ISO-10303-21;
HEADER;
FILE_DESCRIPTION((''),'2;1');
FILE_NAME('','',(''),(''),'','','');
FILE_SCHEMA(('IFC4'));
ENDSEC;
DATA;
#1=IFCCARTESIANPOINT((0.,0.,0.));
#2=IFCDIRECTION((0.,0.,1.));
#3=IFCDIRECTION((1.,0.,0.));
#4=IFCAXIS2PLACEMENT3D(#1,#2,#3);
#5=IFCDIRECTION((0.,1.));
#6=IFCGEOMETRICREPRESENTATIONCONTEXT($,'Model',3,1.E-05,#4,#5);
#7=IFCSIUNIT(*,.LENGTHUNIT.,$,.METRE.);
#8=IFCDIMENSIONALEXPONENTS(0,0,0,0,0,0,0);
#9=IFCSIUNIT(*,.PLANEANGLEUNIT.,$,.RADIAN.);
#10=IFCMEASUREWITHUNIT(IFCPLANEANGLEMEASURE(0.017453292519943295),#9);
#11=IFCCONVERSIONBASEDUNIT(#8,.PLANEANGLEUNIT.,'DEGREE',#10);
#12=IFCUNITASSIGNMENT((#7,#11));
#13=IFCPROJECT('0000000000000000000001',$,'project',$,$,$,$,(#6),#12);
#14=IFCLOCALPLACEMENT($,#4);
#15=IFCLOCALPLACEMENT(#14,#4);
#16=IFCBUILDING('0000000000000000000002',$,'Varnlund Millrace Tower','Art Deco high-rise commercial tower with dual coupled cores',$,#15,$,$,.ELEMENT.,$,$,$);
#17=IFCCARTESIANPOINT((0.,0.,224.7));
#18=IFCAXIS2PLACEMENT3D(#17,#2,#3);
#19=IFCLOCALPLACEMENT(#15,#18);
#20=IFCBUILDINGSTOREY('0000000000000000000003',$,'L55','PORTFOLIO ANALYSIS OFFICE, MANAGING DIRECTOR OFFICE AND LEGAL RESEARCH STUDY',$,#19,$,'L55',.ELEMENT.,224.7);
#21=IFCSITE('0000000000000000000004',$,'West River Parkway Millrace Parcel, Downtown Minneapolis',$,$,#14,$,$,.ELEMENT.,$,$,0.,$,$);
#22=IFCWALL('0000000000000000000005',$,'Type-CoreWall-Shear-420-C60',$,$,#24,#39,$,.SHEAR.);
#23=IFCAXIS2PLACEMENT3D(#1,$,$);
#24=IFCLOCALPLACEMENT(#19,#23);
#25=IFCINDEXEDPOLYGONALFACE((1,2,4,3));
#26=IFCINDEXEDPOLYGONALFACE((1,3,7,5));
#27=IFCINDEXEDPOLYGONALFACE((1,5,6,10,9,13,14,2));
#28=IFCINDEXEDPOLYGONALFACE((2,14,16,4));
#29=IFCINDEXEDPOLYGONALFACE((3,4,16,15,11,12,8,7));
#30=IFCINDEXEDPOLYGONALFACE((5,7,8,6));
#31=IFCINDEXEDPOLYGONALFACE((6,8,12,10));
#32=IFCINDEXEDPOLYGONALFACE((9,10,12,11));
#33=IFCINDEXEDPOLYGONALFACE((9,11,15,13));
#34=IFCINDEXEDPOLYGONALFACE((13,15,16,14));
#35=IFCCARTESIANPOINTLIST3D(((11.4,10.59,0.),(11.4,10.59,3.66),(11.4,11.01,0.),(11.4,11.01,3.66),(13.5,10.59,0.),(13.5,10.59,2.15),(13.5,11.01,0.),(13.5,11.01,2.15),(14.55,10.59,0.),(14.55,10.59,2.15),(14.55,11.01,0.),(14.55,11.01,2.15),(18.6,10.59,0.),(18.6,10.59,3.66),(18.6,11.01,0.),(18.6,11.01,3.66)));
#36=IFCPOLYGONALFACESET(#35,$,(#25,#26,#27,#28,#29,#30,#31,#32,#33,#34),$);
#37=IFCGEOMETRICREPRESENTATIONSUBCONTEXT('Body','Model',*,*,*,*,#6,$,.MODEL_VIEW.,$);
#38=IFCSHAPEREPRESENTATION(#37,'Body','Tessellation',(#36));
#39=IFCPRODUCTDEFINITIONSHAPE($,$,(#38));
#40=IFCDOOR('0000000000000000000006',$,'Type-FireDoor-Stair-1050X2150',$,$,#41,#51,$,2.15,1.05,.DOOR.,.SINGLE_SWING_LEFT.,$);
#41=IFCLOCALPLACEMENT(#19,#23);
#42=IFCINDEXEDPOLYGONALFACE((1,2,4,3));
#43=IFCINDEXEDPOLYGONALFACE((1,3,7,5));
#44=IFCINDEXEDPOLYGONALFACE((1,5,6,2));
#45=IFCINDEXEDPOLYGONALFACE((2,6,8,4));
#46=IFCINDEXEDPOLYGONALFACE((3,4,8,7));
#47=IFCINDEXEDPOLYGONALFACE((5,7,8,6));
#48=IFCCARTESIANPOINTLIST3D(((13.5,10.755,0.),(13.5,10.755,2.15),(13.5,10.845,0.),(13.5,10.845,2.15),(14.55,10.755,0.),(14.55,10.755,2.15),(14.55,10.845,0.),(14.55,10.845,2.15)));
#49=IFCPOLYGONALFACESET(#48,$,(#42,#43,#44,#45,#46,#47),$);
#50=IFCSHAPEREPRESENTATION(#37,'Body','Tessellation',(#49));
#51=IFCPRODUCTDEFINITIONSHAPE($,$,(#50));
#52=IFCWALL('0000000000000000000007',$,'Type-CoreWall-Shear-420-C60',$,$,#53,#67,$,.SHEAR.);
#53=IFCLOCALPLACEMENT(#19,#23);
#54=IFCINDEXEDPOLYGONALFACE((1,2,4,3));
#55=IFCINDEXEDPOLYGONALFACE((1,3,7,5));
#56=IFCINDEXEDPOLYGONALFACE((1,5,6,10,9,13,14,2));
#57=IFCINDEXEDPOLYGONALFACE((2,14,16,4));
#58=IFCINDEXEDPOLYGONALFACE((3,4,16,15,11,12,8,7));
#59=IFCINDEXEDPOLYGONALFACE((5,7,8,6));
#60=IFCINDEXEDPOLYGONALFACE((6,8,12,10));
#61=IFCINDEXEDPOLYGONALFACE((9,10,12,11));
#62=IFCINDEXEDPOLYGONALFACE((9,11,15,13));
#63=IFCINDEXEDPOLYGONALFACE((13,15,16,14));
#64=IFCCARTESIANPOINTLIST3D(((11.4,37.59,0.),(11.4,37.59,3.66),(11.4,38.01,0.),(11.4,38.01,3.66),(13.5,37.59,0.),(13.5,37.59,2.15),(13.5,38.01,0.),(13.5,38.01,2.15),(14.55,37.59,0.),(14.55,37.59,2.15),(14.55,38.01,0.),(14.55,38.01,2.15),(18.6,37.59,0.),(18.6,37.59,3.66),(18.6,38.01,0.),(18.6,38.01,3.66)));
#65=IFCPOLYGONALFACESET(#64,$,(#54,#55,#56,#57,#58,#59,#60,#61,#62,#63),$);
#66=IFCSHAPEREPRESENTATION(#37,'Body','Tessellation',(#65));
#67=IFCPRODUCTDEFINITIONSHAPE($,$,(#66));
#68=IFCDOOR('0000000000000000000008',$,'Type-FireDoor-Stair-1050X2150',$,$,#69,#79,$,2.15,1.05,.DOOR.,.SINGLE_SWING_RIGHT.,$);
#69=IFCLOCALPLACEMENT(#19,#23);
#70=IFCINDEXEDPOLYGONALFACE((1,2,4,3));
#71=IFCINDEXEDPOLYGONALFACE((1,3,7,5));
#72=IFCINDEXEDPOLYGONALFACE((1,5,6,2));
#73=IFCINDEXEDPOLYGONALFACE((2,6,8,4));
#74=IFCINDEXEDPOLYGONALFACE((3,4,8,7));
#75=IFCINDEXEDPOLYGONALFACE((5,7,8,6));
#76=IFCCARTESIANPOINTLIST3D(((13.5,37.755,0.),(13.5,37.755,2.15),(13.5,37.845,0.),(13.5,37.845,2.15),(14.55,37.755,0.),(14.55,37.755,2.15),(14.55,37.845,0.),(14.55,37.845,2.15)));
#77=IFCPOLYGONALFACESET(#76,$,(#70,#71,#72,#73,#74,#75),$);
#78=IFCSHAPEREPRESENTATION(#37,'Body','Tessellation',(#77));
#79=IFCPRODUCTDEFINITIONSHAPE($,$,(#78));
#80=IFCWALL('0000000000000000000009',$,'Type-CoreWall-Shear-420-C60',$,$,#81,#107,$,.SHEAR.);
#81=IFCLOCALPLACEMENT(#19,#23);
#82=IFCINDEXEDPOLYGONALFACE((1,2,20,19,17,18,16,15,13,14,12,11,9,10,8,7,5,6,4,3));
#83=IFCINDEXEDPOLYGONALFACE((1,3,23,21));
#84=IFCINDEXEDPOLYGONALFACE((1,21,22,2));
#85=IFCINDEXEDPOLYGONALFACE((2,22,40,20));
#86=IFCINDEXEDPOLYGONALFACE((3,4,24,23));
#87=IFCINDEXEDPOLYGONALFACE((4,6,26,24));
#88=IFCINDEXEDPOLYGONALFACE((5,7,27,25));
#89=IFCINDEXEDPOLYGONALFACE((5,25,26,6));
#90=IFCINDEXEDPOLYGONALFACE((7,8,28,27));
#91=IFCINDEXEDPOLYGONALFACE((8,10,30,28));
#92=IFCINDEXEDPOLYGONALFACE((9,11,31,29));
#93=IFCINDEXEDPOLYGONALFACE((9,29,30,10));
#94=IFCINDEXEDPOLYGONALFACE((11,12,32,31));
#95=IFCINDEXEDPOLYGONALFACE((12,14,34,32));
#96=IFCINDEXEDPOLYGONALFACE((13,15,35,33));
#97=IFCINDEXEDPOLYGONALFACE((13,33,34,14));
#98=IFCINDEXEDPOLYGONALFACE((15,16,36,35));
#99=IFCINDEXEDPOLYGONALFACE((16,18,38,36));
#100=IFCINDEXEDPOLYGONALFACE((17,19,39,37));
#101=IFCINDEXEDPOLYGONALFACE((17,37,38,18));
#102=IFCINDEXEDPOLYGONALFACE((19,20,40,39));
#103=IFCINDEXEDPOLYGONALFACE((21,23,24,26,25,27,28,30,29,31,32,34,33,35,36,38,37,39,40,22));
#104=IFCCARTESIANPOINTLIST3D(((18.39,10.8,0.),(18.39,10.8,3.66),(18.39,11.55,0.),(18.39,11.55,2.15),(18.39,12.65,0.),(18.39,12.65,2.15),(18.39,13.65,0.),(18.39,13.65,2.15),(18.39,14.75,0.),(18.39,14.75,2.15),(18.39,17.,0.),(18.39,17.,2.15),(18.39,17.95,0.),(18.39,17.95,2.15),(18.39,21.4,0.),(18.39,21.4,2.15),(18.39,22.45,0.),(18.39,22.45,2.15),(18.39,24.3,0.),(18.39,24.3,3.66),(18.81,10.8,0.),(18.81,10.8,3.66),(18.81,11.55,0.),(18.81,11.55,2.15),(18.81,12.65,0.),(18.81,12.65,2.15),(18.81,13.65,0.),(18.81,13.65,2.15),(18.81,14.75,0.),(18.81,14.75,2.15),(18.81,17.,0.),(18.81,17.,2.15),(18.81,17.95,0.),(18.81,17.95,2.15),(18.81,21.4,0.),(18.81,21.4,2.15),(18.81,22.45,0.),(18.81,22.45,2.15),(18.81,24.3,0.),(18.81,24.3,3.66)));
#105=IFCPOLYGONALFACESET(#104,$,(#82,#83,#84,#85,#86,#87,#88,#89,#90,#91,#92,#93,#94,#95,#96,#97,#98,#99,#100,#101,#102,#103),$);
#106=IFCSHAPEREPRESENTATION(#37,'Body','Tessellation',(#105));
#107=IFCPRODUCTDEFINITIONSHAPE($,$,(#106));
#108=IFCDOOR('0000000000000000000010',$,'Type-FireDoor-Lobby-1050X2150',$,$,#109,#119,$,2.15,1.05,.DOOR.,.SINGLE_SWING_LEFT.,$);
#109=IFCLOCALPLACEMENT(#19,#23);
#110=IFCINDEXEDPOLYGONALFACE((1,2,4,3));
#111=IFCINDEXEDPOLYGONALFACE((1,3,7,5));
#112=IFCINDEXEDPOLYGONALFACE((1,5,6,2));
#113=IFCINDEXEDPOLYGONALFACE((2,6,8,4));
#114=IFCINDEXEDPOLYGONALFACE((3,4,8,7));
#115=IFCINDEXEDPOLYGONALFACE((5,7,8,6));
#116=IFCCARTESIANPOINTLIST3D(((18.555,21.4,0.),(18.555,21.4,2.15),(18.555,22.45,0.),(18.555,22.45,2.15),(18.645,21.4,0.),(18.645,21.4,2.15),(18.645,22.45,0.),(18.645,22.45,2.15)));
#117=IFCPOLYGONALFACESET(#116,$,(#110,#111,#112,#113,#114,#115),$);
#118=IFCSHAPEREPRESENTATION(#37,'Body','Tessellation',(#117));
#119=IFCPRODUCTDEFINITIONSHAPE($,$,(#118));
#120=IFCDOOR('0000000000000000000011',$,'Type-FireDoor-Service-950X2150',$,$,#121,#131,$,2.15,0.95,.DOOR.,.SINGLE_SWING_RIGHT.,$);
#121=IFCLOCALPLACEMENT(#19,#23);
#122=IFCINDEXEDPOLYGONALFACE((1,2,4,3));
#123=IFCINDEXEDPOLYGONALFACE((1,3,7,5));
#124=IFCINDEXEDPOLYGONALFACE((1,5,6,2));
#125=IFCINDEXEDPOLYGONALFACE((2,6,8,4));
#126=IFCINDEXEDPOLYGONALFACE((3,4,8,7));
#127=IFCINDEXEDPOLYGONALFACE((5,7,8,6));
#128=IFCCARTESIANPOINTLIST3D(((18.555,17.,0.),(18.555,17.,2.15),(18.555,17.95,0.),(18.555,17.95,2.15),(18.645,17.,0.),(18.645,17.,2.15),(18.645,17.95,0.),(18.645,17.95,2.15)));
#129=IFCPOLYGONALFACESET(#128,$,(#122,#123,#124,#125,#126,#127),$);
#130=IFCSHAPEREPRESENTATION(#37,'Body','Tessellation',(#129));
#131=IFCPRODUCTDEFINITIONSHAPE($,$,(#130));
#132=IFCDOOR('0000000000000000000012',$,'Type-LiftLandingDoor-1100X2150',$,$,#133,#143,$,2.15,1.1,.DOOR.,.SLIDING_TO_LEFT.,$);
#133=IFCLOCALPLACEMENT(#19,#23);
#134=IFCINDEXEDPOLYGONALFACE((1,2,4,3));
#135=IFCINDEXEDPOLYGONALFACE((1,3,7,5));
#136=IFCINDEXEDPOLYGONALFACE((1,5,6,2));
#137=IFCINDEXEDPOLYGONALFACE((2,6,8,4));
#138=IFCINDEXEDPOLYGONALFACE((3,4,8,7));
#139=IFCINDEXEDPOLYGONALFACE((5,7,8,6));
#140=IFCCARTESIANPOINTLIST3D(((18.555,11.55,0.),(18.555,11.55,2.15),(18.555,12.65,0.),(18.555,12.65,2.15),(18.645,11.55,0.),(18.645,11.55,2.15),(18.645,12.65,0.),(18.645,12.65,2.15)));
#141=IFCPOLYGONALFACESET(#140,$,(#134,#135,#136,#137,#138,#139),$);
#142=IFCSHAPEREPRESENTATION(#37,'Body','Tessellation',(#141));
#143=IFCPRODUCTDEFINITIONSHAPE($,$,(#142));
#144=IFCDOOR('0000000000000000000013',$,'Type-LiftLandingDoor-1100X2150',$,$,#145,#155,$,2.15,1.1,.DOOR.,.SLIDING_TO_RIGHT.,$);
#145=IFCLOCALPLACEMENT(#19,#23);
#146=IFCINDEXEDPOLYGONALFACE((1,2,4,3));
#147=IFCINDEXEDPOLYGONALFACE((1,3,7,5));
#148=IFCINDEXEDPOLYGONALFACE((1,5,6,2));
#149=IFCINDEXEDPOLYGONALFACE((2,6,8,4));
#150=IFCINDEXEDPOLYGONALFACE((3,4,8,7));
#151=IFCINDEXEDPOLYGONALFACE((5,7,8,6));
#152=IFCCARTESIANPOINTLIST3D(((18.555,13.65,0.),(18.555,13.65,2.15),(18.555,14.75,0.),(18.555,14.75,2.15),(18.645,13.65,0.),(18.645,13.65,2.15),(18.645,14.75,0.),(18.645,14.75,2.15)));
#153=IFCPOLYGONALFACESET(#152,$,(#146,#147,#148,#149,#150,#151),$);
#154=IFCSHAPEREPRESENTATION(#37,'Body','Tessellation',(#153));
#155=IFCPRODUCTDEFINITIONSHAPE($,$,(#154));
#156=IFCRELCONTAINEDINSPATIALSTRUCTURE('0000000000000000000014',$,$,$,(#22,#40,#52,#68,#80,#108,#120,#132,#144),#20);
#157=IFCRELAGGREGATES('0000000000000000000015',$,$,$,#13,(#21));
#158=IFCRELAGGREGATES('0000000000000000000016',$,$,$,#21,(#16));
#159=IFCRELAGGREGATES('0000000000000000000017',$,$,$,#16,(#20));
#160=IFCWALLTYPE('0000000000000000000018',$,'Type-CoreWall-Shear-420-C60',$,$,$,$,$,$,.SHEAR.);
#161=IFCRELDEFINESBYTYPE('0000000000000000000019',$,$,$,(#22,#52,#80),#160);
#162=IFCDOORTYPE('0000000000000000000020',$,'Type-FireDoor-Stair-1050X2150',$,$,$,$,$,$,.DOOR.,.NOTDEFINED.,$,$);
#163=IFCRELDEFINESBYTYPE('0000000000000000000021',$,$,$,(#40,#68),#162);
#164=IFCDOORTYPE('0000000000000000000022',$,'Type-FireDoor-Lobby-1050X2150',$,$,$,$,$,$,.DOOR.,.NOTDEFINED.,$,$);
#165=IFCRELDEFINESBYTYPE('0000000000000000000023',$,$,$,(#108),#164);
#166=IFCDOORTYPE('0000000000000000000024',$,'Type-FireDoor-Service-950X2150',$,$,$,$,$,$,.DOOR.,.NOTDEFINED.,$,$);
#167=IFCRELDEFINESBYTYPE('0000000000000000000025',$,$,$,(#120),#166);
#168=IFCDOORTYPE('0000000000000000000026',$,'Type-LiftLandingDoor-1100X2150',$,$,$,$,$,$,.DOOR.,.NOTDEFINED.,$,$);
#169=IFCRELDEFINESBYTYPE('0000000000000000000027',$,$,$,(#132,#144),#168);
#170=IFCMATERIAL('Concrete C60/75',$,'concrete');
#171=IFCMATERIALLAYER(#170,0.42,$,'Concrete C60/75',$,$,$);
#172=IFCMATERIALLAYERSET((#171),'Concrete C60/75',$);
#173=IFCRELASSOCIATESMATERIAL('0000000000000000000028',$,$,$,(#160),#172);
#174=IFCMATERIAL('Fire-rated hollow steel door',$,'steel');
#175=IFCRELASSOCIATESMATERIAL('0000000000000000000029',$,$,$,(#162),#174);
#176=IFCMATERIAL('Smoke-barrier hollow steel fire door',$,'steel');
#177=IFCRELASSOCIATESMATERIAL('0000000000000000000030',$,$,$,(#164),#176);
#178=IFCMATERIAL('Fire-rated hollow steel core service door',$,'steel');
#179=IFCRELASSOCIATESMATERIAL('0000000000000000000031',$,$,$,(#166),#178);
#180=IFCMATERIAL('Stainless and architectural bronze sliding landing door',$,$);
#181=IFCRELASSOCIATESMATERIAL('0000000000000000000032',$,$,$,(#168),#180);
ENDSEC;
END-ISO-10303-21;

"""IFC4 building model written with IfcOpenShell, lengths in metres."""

from ifc_helpers import new_model, entity, si_unit, converted_unit, direction, frame, origin_with_axes, origin_2d_with_axis, place, context, subcontext, project, spatial, polyline, rectangle, outline, extrude, material, layer, layer_set, type_object, element, fill, save


model = new_model("IFC4")

# Units and contexts
model_context = context("Model", 3, precision=1e-05, world=origin_with_axes(), true_north=direction((0.0, 1.0)))
body_context = subcontext(model_context, "Body", "Model", "MODEL_VIEW")
ifc_project = project(units=[si_unit("LENGTHUNIT", "METRE"), converted_unit("PLANEANGLEUNIT", "DEGREE", entity("IfcPlaneAngleMeasure", 0.017453292519943295), si_unit("PLANEANGLEUNIT", "RADIAN"), dimensions=[0, 0, 0, 0, 0, 0, 0])], contexts=[model_context])

# Site, building, storey
site_placement = place(None, origin_with_axes())
site = spatial("IfcSite", under=ifc_project, at=site_placement, Name="West River Parkway Millrace Parcel, Downtown Minneapolis", CompositionType="ELEMENT", RefElevation=0.0)
building_placement = place(site_placement, origin_with_axes())
building = spatial("IfcBuilding", under=site, at=building_placement, Name="Varnlund Millrace Tower", Description="Art Deco high-rise commercial tower with dual coupled cores", CompositionType="ELEMENT")
storey_placement = place(building_placement, frame((0.0, 0.0, 224.7), z_axis=(0.0, 0.0, 1.0), x_axis=(1.0, 0.0, 0.0)))
storey = spatial("IfcBuildingStorey", under=building, at=storey_placement, Name="L55", Description="PORTFOLIO ANALYSIS OFFICE, MANAGING DIRECTOR OFFICE AND LEGAL RESEARCH STUDY", LongName="L55", CompositionType="ELEMENT", Elevation=224.7)

# Walls, openings, doors
ifc_material_1 = material(Name="Concrete C60/75", Category="concrete")
ifc_layer_1 = layer(ifc_material_1, 0.42, Name="Concrete C60/75")
ifc_layer_set_1 = layer_set([ifc_layer_1], Name="Concrete C60/75")
wall_type_1 = type_object("IfcWallType", Name="Type-CoreWall-Shear-420-C60", PredefinedType="SHEAR", material=ifc_layer_set_1)
wall_1_placement = place(storey_placement, frame((11.4, 10.8, 0.0), z_axis=(0.0, 0.0, 1.0), x_axis=(1.0, 0.0, 0.0)))
wall_1 = element("IfcWall", 1, at=wall_1_placement, inside=storey, type_object=wall_type_1, Name="Type-CoreWall-Shear-420-C60", PredefinedType="SHEAR", context=body_context, shape_type="SweptSolid", body=[
    extrude(outline(polyline([(0.0, -0.21), (7.2, -0.21), (7.2, 0.21), (0.0, 0.21), (0.0, -0.21)])), origin_with_axes(), (0.0, 0.0, 1.0), 3.66),
])
opening_1_placement = place(wall_1_placement, frame((2.625, 0.0, 0.0), z_axis=(0.0, 0.0, 1.0), x_axis=(1.0, 0.0, 0.0)))
opening_1 = element("IfcOpeningElement", 2, at=opening_1_placement, cuts=wall_1, PredefinedType="OPENING", context=body_context, shape_type="SweptSolid", body=[
    extrude(rectangle(XDim=1.05, YDim=0.44, at=origin_2d_with_axis()), origin_with_axes(), (0.0, 0.0, 1.0), 2.15),
])
ifc_material_2 = material(Name="Fire-rated hollow steel door", Category="steel")
door_type_1 = type_object("IfcDoorType", Name="Type-FireDoor-Stair-1050X2150", OperationType="NOTDEFINED", PredefinedType="DOOR", material=ifc_material_2)
door_1_placement = place(wall_1_placement, frame((2.625, 0.0, 0.0), z_axis=(0.0, 0.0, 1.0), x_axis=(1.0, 0.0, 0.0)))
door_1 = element("IfcDoor", 3, at=door_1_placement, inside=storey, type_object=door_type_1, Name="Type-FireDoor-Stair-1050X2150", OperationType="SINGLE_SWING_LEFT", OverallHeight=2.15, OverallWidth=1.05, PredefinedType="DOOR", context=body_context, shape_type="SweptSolid", body=[
    extrude(rectangle(XDim=1.05, YDim=0.09, at=origin_2d_with_axis()), origin_with_axes(), (0.0, 0.0, 1.0), 2.15),
])
fill(opening_1, door_1)
wall_2_placement = place(storey_placement, frame((11.4, 37.8, 0.0), z_axis=(0.0, 0.0, 1.0), x_axis=(1.0, 0.0, 0.0)))
wall_2 = element("IfcWall", 4, at=wall_2_placement, inside=storey, type_object=wall_type_1, Name="Type-CoreWall-Shear-420-C60", PredefinedType="SHEAR", context=body_context, shape_type="SweptSolid", body=[
    extrude(outline(polyline([(0.0, -0.21), (7.2, -0.21), (7.2, 0.21), (0.0, 0.21), (0.0, -0.21)])), origin_with_axes(), (0.0, 0.0, 1.0), 3.66),
])
opening_2_placement = place(wall_2_placement, frame((2.625, 0.0, 0.0), z_axis=(0.0, 0.0, 1.0), x_axis=(1.0, 0.0, 0.0)))
opening_2 = element("IfcOpeningElement", 5, at=opening_2_placement, cuts=wall_2, PredefinedType="OPENING", context=body_context, shape_type="SweptSolid", body=[
    extrude(rectangle(XDim=1.05, YDim=0.44, at=origin_2d_with_axis()), origin_with_axes(), (0.0, 0.0, 1.0), 2.15),
])
door_2_placement = place(wall_2_placement, frame((2.625, 0.0, 0.0), z_axis=(0.0, 0.0, 1.0), x_axis=(1.0, 0.0, 0.0)))
door_2 = element("IfcDoor", 6, at=door_2_placement, inside=storey, type_object=door_type_1, Name="Type-FireDoor-Stair-1050X2150", OperationType="SINGLE_SWING_RIGHT", OverallHeight=2.15, OverallWidth=1.05, PredefinedType="DOOR", context=body_context, shape_type="SweptSolid", body=[
    extrude(rectangle(XDim=1.05, YDim=0.09, at=origin_2d_with_axis()), origin_with_axes(), (0.0, 0.0, 1.0), 2.15),
])
fill(opening_2, door_2)

# Wall, openings, doors
wall_3_placement = place(storey_placement, frame((18.6, 10.8, 0.0), z_axis=(0.0, 0.0, 1.0), x_axis=(0.0, 1.0, 0.0)))
wall_3 = element("IfcWall", 7, at=wall_3_placement, inside=storey, type_object=wall_type_1, Name="Type-CoreWall-Shear-420-C60", PredefinedType="SHEAR", context=body_context, shape_type="SweptSolid", body=[
    extrude(outline(polyline([(0.0, -0.21), (13.5, -0.21), (13.5, 0.21), (0.0, 0.21), (0.0, -0.21)])), origin_with_axes(), (0.0, 0.0, 1.0), 3.66),
])
opening_3_placement = place(wall_3_placement, frame((1.3, 0.0, 0.0), z_axis=(0.0, 0.0, 1.0), x_axis=(1.0, 0.0, 0.0)))
opening_3 = element("IfcOpeningElement", 8, at=opening_3_placement, cuts=wall_3, PredefinedType="OPENING", context=body_context, shape_type="SweptSolid", body=[
    extrude(rectangle(XDim=1.1, YDim=0.44, at=origin_2d_with_axis()), origin_with_axes(), (0.0, 0.0, 1.0), 2.15),
])
opening_4_placement = place(wall_3_placement, frame((3.4, 0.0, 0.0), z_axis=(0.0, 0.0, 1.0), x_axis=(1.0, 0.0, 0.0)))
opening_4 = element("IfcOpeningElement", 9, at=opening_4_placement, cuts=wall_3, PredefinedType="OPENING", context=body_context, shape_type="SweptSolid", body=[
    extrude(rectangle(XDim=1.1, YDim=0.44, at=origin_2d_with_axis()), origin_with_axes(), (0.0, 0.0, 1.0), 2.15),
])
opening_5_placement = place(wall_3_placement, frame((11.125, 0.0, 0.0), z_axis=(0.0, 0.0, 1.0), x_axis=(1.0, 0.0, 0.0)))
opening_5 = element("IfcOpeningElement", 10, at=opening_5_placement, cuts=wall_3, PredefinedType="OPENING", context=body_context, shape_type="SweptSolid", body=[
    extrude(rectangle(XDim=1.05, YDim=0.44, at=origin_2d_with_axis()), origin_with_axes(), (0.0, 0.0, 1.0), 2.15),
])
opening_6_placement = place(wall_3_placement, frame((6.675, 0.0, 0.0), z_axis=(0.0, 0.0, 1.0), x_axis=(1.0, 0.0, 0.0)))
opening_6 = element("IfcOpeningElement", 11, at=opening_6_placement, cuts=wall_3, PredefinedType="OPENING", context=body_context, shape_type="SweptSolid", body=[
    extrude(rectangle(XDim=0.95, YDim=0.44, at=origin_2d_with_axis()), origin_with_axes(), (0.0, 0.0, 1.0), 2.15),
])
ifc_material_3 = material(Name="Smoke-barrier hollow steel fire door", Category="steel")
door_type_2 = type_object("IfcDoorType", Name="Type-FireDoor-Lobby-1050X2150", OperationType="NOTDEFINED", PredefinedType="DOOR", material=ifc_material_3)
door_3_placement = place(wall_3_placement, frame((11.125, 0.0, 0.0), z_axis=(0.0, 0.0, 1.0), x_axis=(1.0, 0.0, 0.0)))
door_3 = element("IfcDoor", 12, at=door_3_placement, inside=storey, type_object=door_type_2, Name="Type-FireDoor-Lobby-1050X2150", OperationType="SINGLE_SWING_LEFT", OverallHeight=2.15, OverallWidth=1.05, PredefinedType="DOOR", context=body_context, shape_type="SweptSolid", body=[
    extrude(rectangle(XDim=1.05, YDim=0.09, at=origin_2d_with_axis()), origin_with_axes(), (0.0, 0.0, 1.0), 2.15),
])
fill(opening_5, door_3)
ifc_material_4 = material(Name="Fire-rated hollow steel core service door", Category="steel")
door_type_3 = type_object("IfcDoorType", Name="Type-FireDoor-Service-950X2150", OperationType="NOTDEFINED", PredefinedType="DOOR", material=ifc_material_4)
door_4_placement = place(wall_3_placement, frame((6.675, 0.0, 0.0), z_axis=(0.0, 0.0, 1.0), x_axis=(1.0, 0.0, 0.0)))
door_4 = element("IfcDoor", 13, at=door_4_placement, inside=storey, type_object=door_type_3, Name="Type-FireDoor-Service-950X2150", OperationType="SINGLE_SWING_RIGHT", OverallHeight=2.15, OverallWidth=0.95, PredefinedType="DOOR", context=body_context, shape_type="SweptSolid", body=[
    extrude(rectangle(XDim=0.95, YDim=0.09, at=origin_2d_with_axis()), origin_with_axes(), (0.0, 0.0, 1.0), 2.15),
])
fill(opening_6, door_4)
ifc_material_5 = material(Name="Stainless and architectural bronze sliding landing door")
door_type_4 = type_object("IfcDoorType", Name="Type-LiftLandingDoor-1100X2150", OperationType="NOTDEFINED", PredefinedType="DOOR", material=ifc_material_5)
door_5_placement = place(wall_3_placement, frame((1.3, 0.0, 0.0), z_axis=(0.0, 0.0, 1.0), x_axis=(1.0, 0.0, 0.0)))
door_5 = element("IfcDoor", 14, at=door_5_placement, inside=storey, type_object=door_type_4, Name="Type-LiftLandingDoor-1100X2150", OperationType="SLIDING_TO_LEFT", OverallHeight=2.15, OverallWidth=1.1, PredefinedType="DOOR", context=body_context, shape_type="SweptSolid", body=[
    extrude(rectangle(XDim=1.1, YDim=0.09, at=origin_2d_with_axis()), origin_with_axes(), (0.0, 0.0, 1.0), 2.15),
])
fill(opening_3, door_5)
door_6_placement = place(wall_3_placement, frame((3.4, 0.0, 0.0), z_axis=(0.0, 0.0, 1.0), x_axis=(1.0, 0.0, 0.0)))
door_6 = element("IfcDoor", 15, at=door_6_placement, inside=storey, type_object=door_type_4, Name="Type-LiftLandingDoor-1100X2150", OperationType="SLIDING_TO_RIGHT", OverallHeight=2.15, OverallWidth=1.1, PredefinedType="DOOR", context=body_context, shape_type="SweptSolid", body=[
    extrude(rectangle(XDim=1.1, YDim=0.09, at=origin_2d_with_axis()), origin_with_axes(), (0.0, 0.0, 1.0), 2.15),
])
fill(opening_4, door_6)

save(model, "model.ifc")
